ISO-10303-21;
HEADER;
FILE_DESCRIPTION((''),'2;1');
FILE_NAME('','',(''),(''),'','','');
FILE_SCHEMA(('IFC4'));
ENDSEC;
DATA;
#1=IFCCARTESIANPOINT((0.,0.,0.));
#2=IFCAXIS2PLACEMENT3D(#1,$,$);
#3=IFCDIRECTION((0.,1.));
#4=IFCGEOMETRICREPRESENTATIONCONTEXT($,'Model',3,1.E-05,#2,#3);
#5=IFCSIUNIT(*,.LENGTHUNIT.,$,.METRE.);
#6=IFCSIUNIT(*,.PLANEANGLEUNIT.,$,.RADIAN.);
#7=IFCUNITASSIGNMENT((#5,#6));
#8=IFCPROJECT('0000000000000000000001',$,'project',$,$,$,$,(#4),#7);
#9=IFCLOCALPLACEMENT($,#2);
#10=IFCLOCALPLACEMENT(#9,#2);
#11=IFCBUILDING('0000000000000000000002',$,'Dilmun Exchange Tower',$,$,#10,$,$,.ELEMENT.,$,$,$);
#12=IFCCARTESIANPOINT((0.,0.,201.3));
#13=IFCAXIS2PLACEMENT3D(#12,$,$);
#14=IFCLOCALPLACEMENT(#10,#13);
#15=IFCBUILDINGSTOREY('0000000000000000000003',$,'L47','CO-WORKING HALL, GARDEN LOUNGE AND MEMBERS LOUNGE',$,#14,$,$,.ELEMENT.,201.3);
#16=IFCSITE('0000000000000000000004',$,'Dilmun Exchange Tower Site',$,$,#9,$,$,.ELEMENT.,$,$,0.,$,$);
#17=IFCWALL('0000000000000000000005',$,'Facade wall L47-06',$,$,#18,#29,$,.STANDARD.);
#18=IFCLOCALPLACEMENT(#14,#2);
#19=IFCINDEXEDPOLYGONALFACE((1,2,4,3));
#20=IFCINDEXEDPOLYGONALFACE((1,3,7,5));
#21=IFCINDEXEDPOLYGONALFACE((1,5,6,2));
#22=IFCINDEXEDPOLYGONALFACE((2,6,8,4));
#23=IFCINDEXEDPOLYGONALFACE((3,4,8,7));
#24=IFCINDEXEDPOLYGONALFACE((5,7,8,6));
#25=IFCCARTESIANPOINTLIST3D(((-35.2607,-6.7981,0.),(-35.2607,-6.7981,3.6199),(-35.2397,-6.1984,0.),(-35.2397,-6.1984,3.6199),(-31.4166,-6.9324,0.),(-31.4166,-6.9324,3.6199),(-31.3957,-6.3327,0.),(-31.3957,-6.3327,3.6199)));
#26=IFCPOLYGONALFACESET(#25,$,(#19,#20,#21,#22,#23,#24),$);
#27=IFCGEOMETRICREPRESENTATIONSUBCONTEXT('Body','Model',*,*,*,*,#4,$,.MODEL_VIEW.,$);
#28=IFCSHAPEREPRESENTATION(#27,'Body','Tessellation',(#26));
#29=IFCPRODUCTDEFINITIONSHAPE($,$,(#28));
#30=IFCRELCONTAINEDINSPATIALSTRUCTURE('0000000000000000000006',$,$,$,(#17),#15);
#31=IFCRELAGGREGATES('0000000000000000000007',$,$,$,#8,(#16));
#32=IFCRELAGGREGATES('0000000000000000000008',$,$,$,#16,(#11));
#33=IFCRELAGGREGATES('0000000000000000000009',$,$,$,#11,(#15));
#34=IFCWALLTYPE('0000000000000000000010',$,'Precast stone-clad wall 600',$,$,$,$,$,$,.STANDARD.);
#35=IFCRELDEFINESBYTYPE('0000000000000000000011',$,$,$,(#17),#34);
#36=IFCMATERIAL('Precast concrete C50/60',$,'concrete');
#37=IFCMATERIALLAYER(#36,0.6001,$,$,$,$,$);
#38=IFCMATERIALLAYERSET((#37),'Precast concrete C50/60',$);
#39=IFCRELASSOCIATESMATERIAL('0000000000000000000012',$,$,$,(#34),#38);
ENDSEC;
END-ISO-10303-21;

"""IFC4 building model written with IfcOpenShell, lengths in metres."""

from ifc_helpers import new_model, si_unit, direction, frame, frame_2d, origin, place, context, subcontext, project, spatial, rectangle, extrude, material, layer, layer_set, type_object, element, save


model = new_model("IFC4")

# Units and contexts
model_context = context("Model", 3, precision=1e-05, world=origin(), true_north=direction((0.0, 1.0)))
body_context = subcontext(model_context, "Body", "Model", "MODEL_VIEW")
ifc_project = project(units=[si_unit("LENGTHUNIT", "METRE"), si_unit("PLANEANGLEUNIT", "RADIAN")], contexts=[model_context])

# Site, building, storey
site_placement = place(None, origin())
site = spatial("IfcSite", under=ifc_project, at=site_placement, Name="Dilmun Exchange Tower Site", CompositionType="ELEMENT", RefElevation=0.0)
building_placement = place(site_placement, origin())
building = spatial("IfcBuilding", under=site, at=building_placement, Name="Dilmun Exchange Tower", CompositionType="ELEMENT")
storey_placement = place(building_placement, frame((0.0, 0.0, 201.3)))
storey = spatial("IfcBuildingStorey", under=building, at=storey_placement, Name="L47", Description="CO-WORKING HALL, GARDEN LOUNGE AND MEMBERS LOUNGE", CompositionType="ELEMENT", Elevation=201.3)

# Wall
ifc_material_1 = material(Name="Precast concrete C50/60", Category="concrete")
ifc_layer_1 = layer(ifc_material_1, 0.6001)
ifc_layer_set_1 = layer_set([ifc_layer_1], Name="Precast concrete C50/60")
wall_type_1 = type_object("IfcWallType", Name="Precast stone-clad wall 600", PredefinedType="STANDARD", material=ifc_layer_set_1)
wall_1_placement = place(storey_placement, frame((-31.406, -6.6326, 0.0), z_axis=(0.0, 0.0, 1.0), x_axis=(-0.99939, 0.03491, 0.0)))
element("IfcWall", 1, at=wall_1_placement, inside=storey, type_object=wall_type_1, Name="Facade wall L47-06", PredefinedType="STANDARD", context=body_context, shape_type="SweptSolid", body=[
    extrude(rectangle(XDim=3.8464, YDim=0.6001, at=frame_2d((1.9233, 0.0))), origin(), (0.0, 0.0, 1.0), 3.6199),
])

save(model, "model.ifc")
